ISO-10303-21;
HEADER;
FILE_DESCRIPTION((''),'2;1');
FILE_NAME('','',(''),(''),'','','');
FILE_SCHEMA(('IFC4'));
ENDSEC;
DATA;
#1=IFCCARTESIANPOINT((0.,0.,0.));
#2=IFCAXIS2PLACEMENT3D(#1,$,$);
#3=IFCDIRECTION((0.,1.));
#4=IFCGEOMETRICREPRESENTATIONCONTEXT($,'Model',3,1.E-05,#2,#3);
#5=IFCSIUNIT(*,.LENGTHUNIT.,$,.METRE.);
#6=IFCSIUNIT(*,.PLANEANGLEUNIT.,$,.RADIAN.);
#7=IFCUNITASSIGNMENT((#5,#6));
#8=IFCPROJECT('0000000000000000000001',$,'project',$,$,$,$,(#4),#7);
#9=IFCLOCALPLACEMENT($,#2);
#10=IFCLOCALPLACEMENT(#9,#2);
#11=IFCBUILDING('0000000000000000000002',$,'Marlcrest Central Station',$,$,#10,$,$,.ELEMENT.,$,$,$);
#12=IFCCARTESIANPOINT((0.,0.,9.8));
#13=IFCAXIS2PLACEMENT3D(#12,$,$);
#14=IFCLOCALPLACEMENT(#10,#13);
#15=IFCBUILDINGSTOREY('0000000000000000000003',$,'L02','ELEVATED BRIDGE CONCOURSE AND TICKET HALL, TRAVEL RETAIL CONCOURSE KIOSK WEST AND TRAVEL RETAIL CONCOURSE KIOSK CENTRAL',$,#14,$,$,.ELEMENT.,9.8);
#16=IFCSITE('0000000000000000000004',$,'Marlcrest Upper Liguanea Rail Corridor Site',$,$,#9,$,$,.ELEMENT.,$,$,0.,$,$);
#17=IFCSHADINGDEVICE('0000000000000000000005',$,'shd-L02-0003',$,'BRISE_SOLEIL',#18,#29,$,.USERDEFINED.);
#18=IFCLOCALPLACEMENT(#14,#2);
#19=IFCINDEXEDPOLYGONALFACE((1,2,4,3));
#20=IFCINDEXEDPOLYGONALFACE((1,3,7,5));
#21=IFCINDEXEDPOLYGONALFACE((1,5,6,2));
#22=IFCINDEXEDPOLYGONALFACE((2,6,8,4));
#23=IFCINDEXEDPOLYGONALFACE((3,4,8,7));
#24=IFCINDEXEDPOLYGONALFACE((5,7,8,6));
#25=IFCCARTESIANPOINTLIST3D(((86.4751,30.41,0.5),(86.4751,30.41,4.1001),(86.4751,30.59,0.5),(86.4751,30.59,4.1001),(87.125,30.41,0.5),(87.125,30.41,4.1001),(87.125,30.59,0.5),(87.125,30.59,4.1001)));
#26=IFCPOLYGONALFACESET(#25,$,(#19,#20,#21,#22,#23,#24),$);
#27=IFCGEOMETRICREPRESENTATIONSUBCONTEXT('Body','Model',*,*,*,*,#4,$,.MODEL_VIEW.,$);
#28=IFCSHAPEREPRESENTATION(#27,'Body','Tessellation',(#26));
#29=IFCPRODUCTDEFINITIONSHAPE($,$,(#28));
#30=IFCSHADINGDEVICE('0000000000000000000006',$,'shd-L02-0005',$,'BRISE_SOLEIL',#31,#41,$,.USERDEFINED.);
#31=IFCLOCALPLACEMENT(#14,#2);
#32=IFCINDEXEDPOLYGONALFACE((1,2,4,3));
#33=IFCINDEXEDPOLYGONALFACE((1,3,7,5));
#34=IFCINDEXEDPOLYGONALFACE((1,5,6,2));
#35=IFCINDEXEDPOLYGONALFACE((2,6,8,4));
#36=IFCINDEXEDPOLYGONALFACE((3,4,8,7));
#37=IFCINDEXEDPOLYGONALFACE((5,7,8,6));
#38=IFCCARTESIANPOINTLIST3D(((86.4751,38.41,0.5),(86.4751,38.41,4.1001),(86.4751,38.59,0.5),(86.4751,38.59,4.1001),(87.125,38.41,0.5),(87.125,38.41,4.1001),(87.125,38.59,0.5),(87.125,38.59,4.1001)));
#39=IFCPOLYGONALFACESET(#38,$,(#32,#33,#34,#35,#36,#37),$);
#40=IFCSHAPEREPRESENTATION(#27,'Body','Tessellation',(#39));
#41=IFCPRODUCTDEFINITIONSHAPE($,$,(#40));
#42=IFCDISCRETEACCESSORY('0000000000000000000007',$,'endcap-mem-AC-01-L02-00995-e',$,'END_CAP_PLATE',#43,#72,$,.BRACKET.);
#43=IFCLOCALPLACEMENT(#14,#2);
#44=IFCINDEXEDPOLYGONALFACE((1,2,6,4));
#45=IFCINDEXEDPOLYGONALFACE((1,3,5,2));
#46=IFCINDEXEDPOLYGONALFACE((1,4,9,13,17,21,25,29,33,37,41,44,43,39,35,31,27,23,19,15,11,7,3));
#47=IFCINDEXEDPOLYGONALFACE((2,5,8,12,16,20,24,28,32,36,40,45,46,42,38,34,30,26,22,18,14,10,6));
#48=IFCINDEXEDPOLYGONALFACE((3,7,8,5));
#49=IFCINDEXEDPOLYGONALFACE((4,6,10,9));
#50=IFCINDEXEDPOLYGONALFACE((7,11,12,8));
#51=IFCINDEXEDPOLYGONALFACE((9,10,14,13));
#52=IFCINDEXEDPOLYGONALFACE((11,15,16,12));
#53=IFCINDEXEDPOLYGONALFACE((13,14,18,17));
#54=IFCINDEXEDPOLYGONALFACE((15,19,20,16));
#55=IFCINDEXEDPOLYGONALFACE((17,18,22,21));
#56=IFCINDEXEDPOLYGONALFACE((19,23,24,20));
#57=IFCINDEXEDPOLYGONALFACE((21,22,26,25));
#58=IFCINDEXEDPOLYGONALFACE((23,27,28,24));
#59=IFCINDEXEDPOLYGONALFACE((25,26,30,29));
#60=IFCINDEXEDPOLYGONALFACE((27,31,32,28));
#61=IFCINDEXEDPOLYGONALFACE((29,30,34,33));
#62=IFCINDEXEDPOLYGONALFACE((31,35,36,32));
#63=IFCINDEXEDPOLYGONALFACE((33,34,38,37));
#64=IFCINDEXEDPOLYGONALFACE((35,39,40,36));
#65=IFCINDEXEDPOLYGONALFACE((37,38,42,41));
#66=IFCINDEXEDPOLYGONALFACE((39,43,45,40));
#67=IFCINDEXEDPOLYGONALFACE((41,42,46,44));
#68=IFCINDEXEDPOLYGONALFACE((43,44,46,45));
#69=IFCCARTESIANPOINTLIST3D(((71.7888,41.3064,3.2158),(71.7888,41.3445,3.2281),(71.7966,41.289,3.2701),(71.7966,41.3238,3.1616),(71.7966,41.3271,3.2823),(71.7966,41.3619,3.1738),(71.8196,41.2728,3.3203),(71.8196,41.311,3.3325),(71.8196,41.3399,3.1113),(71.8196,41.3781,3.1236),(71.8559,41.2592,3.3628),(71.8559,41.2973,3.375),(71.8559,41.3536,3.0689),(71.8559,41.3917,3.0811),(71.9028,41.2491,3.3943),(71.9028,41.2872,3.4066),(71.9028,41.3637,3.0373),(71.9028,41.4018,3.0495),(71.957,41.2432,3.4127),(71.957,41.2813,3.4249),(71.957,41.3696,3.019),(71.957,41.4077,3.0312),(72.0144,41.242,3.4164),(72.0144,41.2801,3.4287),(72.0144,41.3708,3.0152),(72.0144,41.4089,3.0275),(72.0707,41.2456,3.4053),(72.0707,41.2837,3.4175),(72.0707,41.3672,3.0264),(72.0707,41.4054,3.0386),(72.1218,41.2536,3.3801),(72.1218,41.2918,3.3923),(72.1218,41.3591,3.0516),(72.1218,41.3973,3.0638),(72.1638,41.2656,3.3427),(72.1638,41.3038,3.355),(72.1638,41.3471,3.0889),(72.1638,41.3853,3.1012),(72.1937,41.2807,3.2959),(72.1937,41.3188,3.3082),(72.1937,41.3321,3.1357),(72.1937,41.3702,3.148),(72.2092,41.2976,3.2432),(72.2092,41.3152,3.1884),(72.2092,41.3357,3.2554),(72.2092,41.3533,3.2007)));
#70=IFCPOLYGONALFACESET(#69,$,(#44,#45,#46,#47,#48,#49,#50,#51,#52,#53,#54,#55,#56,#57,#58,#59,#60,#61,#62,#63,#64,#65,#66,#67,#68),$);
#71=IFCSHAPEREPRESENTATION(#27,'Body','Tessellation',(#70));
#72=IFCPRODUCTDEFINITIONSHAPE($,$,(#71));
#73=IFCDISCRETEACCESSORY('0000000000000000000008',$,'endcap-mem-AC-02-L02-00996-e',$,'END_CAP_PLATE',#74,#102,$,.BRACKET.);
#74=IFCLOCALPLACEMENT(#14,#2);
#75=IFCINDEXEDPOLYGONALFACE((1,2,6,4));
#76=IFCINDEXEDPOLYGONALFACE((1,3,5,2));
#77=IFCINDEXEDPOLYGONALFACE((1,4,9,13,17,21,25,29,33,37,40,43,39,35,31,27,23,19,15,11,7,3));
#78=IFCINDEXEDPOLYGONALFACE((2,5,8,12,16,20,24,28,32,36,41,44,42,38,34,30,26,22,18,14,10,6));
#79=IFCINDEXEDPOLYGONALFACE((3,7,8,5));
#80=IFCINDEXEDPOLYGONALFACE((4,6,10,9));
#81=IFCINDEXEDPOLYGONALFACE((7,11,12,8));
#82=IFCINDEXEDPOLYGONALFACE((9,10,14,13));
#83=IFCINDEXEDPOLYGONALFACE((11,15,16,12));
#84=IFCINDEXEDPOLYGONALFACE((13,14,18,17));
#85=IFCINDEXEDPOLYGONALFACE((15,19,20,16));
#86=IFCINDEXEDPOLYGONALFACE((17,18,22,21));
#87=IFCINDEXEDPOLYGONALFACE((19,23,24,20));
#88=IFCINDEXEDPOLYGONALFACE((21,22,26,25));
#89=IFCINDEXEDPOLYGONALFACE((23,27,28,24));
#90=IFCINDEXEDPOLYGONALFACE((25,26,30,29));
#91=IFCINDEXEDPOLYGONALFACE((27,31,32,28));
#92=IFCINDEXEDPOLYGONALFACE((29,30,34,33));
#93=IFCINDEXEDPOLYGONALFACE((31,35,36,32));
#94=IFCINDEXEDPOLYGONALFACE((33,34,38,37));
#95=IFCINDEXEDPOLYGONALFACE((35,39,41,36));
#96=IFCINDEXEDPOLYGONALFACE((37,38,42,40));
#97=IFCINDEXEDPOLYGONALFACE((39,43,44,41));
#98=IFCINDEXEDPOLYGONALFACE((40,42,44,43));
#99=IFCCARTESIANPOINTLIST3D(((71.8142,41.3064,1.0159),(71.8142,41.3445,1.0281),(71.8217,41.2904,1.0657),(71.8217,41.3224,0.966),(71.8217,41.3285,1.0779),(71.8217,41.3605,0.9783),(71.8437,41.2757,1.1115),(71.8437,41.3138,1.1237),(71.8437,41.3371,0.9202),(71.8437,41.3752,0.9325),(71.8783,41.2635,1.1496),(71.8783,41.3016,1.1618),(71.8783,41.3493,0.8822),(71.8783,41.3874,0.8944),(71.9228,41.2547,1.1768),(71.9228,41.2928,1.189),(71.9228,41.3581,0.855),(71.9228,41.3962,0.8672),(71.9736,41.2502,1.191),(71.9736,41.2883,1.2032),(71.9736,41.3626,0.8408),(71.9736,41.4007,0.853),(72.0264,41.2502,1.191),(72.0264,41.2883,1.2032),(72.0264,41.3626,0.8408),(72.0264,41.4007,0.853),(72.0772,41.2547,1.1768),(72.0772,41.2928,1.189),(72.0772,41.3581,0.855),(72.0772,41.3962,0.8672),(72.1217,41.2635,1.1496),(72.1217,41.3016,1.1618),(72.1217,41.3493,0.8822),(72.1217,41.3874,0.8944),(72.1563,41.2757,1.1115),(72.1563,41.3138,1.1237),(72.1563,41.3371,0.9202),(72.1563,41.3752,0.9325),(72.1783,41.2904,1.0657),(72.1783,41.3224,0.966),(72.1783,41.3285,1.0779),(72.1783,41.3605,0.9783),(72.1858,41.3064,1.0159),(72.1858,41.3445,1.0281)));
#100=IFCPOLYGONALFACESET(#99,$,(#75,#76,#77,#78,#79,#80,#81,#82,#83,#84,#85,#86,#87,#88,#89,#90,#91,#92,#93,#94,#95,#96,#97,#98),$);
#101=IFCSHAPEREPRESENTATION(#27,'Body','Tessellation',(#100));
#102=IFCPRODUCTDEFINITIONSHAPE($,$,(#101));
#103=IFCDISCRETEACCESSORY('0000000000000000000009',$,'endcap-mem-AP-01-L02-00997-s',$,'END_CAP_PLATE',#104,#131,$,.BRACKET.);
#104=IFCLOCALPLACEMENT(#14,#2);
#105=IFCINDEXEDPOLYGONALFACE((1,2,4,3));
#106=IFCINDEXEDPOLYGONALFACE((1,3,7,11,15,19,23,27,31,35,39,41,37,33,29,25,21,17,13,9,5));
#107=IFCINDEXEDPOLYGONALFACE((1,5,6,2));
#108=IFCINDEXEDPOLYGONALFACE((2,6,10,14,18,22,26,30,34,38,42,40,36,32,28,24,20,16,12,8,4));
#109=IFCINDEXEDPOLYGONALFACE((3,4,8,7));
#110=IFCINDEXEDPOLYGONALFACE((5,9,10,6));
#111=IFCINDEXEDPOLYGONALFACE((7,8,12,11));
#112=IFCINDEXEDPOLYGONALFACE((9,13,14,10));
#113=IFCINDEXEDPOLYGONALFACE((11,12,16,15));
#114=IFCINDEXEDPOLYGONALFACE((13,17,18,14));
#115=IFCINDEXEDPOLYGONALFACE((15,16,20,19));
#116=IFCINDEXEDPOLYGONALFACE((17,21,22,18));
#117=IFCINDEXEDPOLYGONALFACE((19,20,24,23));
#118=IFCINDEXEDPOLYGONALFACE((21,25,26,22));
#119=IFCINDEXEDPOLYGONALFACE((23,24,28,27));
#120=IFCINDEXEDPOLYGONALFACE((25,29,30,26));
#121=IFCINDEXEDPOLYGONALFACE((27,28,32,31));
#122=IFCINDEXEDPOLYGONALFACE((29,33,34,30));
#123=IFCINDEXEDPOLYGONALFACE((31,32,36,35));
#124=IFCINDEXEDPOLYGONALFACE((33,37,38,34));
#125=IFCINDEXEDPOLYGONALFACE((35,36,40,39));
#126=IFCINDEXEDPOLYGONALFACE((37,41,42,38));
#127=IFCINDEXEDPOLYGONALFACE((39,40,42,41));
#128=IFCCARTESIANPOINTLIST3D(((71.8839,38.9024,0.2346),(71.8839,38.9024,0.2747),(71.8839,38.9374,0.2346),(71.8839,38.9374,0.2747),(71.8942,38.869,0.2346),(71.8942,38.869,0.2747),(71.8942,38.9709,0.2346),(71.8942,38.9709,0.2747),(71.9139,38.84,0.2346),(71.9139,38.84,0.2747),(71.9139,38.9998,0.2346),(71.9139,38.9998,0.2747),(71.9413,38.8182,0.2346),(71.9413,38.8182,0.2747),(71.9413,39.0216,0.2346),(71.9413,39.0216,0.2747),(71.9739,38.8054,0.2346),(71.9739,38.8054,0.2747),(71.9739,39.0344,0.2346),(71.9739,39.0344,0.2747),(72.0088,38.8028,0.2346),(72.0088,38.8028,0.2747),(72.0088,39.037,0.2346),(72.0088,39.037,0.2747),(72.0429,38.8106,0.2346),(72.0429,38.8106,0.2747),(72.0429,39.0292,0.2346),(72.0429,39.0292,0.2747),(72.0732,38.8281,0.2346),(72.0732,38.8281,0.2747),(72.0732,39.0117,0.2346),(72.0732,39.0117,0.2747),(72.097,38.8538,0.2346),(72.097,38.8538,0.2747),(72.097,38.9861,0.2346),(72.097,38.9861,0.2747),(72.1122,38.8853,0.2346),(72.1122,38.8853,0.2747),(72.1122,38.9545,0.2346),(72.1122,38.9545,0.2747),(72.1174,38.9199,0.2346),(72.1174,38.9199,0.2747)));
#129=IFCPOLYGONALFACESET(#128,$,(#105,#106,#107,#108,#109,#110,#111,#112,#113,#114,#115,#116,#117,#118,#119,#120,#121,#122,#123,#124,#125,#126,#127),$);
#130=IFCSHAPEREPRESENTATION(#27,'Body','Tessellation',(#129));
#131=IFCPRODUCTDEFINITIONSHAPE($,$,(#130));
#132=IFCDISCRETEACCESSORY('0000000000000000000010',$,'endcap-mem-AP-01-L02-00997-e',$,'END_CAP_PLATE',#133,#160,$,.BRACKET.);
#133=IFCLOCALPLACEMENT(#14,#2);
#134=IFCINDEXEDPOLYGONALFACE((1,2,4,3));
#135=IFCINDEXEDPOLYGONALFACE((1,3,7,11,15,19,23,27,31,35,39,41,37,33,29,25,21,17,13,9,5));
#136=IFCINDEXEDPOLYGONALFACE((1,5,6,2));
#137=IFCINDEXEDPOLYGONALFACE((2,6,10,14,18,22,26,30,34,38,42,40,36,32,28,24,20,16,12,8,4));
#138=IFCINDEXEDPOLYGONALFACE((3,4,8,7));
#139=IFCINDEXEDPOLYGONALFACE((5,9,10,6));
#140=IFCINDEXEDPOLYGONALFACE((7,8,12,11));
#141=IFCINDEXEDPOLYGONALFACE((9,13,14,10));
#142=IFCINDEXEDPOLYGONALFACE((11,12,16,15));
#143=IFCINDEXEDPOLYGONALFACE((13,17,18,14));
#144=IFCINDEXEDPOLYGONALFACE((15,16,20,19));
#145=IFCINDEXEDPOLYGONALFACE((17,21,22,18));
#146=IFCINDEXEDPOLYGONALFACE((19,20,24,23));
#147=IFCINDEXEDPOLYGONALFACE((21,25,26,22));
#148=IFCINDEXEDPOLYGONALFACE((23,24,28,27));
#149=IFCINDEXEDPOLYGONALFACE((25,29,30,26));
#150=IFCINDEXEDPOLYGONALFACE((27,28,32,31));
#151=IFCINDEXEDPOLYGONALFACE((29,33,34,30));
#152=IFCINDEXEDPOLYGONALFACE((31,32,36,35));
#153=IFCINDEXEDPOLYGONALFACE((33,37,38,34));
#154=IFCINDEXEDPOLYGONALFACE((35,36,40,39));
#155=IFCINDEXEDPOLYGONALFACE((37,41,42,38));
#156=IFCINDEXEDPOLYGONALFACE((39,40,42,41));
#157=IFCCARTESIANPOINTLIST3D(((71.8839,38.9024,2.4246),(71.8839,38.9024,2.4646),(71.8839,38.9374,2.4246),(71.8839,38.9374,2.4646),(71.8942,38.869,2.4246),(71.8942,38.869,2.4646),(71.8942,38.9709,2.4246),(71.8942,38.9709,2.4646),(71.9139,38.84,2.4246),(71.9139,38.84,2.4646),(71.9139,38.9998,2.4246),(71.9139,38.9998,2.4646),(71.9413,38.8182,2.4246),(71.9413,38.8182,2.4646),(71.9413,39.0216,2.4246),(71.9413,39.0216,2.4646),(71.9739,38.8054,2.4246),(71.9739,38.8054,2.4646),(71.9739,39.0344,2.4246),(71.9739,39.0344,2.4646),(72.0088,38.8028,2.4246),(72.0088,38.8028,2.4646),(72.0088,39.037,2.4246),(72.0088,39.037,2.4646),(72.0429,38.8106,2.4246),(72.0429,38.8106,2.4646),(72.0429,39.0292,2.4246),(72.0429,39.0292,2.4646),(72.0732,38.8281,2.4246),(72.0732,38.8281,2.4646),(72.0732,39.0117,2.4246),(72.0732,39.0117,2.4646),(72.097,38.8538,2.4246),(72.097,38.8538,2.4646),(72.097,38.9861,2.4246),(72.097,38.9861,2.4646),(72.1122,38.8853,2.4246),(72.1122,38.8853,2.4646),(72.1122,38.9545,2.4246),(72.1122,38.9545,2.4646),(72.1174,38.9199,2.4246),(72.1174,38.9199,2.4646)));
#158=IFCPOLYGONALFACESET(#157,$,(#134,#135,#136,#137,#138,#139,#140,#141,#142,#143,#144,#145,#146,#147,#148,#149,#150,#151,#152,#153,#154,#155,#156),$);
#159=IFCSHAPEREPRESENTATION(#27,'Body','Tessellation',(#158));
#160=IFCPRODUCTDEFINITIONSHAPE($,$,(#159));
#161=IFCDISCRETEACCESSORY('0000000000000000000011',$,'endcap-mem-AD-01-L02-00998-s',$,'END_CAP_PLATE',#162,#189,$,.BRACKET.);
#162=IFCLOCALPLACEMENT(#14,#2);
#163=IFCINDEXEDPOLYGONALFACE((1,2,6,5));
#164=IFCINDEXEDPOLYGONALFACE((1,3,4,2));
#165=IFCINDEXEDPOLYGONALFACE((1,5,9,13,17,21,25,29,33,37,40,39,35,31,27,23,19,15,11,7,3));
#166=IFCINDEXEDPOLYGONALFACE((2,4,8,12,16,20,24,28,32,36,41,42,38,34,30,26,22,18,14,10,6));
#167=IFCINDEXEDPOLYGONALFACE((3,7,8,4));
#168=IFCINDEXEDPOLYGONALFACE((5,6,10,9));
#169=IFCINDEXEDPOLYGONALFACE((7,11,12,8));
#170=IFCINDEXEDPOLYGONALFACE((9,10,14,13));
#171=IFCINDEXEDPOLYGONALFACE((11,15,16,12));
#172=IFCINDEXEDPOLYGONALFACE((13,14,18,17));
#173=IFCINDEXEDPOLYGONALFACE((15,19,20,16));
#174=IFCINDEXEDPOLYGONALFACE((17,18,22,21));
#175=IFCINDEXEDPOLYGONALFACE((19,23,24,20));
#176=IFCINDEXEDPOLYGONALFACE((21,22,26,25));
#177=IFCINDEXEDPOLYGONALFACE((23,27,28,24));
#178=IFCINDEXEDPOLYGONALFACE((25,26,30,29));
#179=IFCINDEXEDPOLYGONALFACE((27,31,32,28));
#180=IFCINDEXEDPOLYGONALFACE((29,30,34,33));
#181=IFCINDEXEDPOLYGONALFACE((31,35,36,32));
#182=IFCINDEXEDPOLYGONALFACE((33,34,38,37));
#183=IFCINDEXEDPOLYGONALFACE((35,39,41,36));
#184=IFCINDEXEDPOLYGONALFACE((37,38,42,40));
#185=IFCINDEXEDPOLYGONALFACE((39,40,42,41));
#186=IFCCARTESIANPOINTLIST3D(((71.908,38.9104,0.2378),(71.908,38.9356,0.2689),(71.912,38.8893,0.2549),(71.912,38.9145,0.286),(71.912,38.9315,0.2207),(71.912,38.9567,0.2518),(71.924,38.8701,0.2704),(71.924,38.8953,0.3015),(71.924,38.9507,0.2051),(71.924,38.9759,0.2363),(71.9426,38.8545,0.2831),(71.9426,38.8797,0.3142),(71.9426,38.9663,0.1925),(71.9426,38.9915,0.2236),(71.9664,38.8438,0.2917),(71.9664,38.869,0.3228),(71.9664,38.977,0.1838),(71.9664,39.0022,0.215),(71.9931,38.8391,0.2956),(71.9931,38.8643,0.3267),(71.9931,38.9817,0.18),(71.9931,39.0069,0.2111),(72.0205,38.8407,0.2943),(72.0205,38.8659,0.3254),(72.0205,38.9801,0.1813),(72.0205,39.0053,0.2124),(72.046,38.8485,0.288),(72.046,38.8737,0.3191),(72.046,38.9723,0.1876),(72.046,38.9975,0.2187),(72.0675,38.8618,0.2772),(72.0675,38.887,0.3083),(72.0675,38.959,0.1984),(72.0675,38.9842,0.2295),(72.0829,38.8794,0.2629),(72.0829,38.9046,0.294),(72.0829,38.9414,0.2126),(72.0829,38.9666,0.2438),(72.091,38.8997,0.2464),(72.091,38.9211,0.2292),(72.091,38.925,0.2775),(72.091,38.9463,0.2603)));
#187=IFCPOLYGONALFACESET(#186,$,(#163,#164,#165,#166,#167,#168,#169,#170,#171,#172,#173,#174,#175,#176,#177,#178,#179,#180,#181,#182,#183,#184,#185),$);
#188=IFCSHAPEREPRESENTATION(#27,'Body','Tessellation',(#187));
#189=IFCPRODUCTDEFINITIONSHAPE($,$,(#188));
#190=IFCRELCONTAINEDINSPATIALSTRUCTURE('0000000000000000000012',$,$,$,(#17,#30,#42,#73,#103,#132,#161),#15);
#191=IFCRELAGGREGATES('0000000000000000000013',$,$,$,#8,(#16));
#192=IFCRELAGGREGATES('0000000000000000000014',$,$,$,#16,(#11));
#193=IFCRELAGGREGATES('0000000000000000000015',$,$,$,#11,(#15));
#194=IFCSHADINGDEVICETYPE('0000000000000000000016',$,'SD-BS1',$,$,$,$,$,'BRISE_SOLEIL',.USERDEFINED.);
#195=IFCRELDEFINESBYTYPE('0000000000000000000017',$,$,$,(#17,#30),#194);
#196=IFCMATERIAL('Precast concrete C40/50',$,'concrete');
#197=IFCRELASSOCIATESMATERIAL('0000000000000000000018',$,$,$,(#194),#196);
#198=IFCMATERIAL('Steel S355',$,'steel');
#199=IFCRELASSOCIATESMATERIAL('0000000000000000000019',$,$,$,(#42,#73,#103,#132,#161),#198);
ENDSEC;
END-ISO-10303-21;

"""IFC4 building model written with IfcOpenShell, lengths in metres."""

from ifc_helpers import new_model, si_unit, direction, frame, origin, origin_2d, place, context, subcontext, project, spatial, rectangle, circle, extrude, material, type_object, element, save


model = new_model("IFC4")

# Units and contexts
model_context = context("Model", 3, precision=1e-05, world=origin(), true_north=direction((0.0, 1.0)))
body_context = subcontext(model_context, "Body", "Model", "MODEL_VIEW")
ifc_project = project(units=[si_unit("LENGTHUNIT", "METRE"), si_unit("PLANEANGLEUNIT", "RADIAN")], contexts=[model_context])

# Site, building, storey
site_placement = place(None, origin())
site = spatial("IfcSite", under=ifc_project, at=site_placement, Name="Marlcrest Upper Liguanea Rail Corridor Site", CompositionType="ELEMENT", RefElevation=0.0)
building_placement = place(site_placement, origin())
building = spatial("IfcBuilding", under=site, at=building_placement, Name="Marlcrest Central Station", CompositionType="ELEMENT")
storey_placement = place(building_placement, frame((0.0, 0.0, 9.8)))
storey = spatial("IfcBuildingStorey", under=building, at=storey_placement, Name="L02", Description="ELEVATED BRIDGE CONCOURSE AND TICKET HALL, TRAVEL RETAIL CONCOURSE KIOSK WEST AND TRAVEL RETAIL CONCOURSE KIOSK CENTRAL", CompositionType="ELEMENT", Elevation=9.8)

# Shared definitions
ifc_material_1 = material(Name="Steel S355", Category="steel")

# Shading devices
ifc_material_2 = material(Name="Precast concrete C40/50", Category="concrete")
shading_device_type = type_object("IfcShadingDeviceType", Name="SD-BS1", ElementType="BRISE_SOLEIL", PredefinedType="USERDEFINED", material=ifc_material_2)
for number, where, z_axis, x_axis, name in (
    (1, (86.8, 30.5, 0.5), (0.0, 0.0, 1.0), (0.0, 1.0, 0.0), "shd-L02-0003"),
    (2, (86.8, 38.5, 0.5), (0.0, 0.0, 1.0), (0.0, 1.0, 0.0), "shd-L02-0005"),
):
    element("IfcShadingDevice", number, at=place(storey_placement, frame(where, z_axis=z_axis, x_axis=x_axis)), inside=storey, type_object=shading_device_type, Name=name, ObjectType="BRISE_SOLEIL", PredefinedType="USERDEFINED", context=body_context, shape_type="SweptSolid", body=[
        extrude(rectangle(XDim=0.1799, YDim=0.6499, at=origin_2d()), origin(), (0.0, 0.0, 1.0), 3.6001),
    ])

# Discrete accessories
discrete_accessory_1_placement = place(storey_placement, frame((72.0, 41.3064, 3.2158), z_axis=(0.0, 0.952117, 0.305734), x_axis=(-1.0, 0.0, 0.0)))
element("IfcDiscreteAccessory", 3, at=discrete_accessory_1_placement, inside=storey, material=ifc_material_1, Name="endcap-mem-AC-01-L02-00995-e", ObjectType="END_CAP_PLATE", PredefinedType="BRACKET", context=body_context, shape_type="SweptSolid", body=[
    extrude(circle(Radius=0.2112, at=origin_2d()), origin(), (0.0, 0.0, 1.0), 0.04),
])
discrete_accessory_2_placement = place(storey_placement, frame((72.0, 41.3064, 1.0159), z_axis=(0.0, 0.952117, 0.305734), x_axis=(-1.0, 0.0, 0.0)))
element("IfcDiscreteAccessory", 4, at=discrete_accessory_2_placement, inside=storey, material=ifc_material_1, Name="endcap-mem-AC-02-L02-00996-e", ObjectType="END_CAP_PLATE", PredefinedType="BRACKET", context=body_context, shape_type="SweptSolid", body=[
    extrude(circle(Radius=0.1858, at=origin_2d()), origin(), (0.0, 0.0, 1.0), 0.04),
])
for number, where, z_axis, x_axis, name in (
    (5, (72.0, 38.9199, 0.2346), (0.0, 0.0, 1.0), (1.0, 0.0, 0.0), "endcap-mem-AP-01-L02-00997-s"),
    (6, (72.0, 38.9199, 2.4246), (0.0, 0.0, 1.0), (1.0, 0.0, 0.0), "endcap-mem-AP-01-L02-00997-e"),
):
    element("IfcDiscreteAccessory", number, at=place(storey_placement, frame(where, z_axis=z_axis, x_axis=x_axis)), inside=storey, material=ifc_material_1, Name=name, ObjectType="END_CAP_PLATE", PredefinedType="BRACKET", context=body_context, shape_type="SweptSolid", body=[
        extrude(circle(Radius=0.1174, at=origin_2d()), origin(), (0.0, 0.0, 1.0), 0.04),
    ])
for number, where, z_axis, x_axis, name in (
    (7, (72.0, 38.9104, 0.2378), (0.0, 0.629629, 0.776896), (-1.0, 0.0, 0.0), "endcap-mem-AD-01-L02-00998-s"),
):
    element("IfcDiscreteAccessory", number, at=place(storey_placement, frame(where, z_axis=z_axis, x_axis=x_axis)), inside=storey, material=ifc_material_1, Name=name, ObjectType="END_CAP_PLATE", PredefinedType="BRACKET", context=body_context, shape_type="SweptSolid", body=[
        extrude(circle(Radius=0.092, at=origin_2d()), origin(), (0.0, 0.0, 1.0), 0.04),
    ])

save(model, "model.ifc")
